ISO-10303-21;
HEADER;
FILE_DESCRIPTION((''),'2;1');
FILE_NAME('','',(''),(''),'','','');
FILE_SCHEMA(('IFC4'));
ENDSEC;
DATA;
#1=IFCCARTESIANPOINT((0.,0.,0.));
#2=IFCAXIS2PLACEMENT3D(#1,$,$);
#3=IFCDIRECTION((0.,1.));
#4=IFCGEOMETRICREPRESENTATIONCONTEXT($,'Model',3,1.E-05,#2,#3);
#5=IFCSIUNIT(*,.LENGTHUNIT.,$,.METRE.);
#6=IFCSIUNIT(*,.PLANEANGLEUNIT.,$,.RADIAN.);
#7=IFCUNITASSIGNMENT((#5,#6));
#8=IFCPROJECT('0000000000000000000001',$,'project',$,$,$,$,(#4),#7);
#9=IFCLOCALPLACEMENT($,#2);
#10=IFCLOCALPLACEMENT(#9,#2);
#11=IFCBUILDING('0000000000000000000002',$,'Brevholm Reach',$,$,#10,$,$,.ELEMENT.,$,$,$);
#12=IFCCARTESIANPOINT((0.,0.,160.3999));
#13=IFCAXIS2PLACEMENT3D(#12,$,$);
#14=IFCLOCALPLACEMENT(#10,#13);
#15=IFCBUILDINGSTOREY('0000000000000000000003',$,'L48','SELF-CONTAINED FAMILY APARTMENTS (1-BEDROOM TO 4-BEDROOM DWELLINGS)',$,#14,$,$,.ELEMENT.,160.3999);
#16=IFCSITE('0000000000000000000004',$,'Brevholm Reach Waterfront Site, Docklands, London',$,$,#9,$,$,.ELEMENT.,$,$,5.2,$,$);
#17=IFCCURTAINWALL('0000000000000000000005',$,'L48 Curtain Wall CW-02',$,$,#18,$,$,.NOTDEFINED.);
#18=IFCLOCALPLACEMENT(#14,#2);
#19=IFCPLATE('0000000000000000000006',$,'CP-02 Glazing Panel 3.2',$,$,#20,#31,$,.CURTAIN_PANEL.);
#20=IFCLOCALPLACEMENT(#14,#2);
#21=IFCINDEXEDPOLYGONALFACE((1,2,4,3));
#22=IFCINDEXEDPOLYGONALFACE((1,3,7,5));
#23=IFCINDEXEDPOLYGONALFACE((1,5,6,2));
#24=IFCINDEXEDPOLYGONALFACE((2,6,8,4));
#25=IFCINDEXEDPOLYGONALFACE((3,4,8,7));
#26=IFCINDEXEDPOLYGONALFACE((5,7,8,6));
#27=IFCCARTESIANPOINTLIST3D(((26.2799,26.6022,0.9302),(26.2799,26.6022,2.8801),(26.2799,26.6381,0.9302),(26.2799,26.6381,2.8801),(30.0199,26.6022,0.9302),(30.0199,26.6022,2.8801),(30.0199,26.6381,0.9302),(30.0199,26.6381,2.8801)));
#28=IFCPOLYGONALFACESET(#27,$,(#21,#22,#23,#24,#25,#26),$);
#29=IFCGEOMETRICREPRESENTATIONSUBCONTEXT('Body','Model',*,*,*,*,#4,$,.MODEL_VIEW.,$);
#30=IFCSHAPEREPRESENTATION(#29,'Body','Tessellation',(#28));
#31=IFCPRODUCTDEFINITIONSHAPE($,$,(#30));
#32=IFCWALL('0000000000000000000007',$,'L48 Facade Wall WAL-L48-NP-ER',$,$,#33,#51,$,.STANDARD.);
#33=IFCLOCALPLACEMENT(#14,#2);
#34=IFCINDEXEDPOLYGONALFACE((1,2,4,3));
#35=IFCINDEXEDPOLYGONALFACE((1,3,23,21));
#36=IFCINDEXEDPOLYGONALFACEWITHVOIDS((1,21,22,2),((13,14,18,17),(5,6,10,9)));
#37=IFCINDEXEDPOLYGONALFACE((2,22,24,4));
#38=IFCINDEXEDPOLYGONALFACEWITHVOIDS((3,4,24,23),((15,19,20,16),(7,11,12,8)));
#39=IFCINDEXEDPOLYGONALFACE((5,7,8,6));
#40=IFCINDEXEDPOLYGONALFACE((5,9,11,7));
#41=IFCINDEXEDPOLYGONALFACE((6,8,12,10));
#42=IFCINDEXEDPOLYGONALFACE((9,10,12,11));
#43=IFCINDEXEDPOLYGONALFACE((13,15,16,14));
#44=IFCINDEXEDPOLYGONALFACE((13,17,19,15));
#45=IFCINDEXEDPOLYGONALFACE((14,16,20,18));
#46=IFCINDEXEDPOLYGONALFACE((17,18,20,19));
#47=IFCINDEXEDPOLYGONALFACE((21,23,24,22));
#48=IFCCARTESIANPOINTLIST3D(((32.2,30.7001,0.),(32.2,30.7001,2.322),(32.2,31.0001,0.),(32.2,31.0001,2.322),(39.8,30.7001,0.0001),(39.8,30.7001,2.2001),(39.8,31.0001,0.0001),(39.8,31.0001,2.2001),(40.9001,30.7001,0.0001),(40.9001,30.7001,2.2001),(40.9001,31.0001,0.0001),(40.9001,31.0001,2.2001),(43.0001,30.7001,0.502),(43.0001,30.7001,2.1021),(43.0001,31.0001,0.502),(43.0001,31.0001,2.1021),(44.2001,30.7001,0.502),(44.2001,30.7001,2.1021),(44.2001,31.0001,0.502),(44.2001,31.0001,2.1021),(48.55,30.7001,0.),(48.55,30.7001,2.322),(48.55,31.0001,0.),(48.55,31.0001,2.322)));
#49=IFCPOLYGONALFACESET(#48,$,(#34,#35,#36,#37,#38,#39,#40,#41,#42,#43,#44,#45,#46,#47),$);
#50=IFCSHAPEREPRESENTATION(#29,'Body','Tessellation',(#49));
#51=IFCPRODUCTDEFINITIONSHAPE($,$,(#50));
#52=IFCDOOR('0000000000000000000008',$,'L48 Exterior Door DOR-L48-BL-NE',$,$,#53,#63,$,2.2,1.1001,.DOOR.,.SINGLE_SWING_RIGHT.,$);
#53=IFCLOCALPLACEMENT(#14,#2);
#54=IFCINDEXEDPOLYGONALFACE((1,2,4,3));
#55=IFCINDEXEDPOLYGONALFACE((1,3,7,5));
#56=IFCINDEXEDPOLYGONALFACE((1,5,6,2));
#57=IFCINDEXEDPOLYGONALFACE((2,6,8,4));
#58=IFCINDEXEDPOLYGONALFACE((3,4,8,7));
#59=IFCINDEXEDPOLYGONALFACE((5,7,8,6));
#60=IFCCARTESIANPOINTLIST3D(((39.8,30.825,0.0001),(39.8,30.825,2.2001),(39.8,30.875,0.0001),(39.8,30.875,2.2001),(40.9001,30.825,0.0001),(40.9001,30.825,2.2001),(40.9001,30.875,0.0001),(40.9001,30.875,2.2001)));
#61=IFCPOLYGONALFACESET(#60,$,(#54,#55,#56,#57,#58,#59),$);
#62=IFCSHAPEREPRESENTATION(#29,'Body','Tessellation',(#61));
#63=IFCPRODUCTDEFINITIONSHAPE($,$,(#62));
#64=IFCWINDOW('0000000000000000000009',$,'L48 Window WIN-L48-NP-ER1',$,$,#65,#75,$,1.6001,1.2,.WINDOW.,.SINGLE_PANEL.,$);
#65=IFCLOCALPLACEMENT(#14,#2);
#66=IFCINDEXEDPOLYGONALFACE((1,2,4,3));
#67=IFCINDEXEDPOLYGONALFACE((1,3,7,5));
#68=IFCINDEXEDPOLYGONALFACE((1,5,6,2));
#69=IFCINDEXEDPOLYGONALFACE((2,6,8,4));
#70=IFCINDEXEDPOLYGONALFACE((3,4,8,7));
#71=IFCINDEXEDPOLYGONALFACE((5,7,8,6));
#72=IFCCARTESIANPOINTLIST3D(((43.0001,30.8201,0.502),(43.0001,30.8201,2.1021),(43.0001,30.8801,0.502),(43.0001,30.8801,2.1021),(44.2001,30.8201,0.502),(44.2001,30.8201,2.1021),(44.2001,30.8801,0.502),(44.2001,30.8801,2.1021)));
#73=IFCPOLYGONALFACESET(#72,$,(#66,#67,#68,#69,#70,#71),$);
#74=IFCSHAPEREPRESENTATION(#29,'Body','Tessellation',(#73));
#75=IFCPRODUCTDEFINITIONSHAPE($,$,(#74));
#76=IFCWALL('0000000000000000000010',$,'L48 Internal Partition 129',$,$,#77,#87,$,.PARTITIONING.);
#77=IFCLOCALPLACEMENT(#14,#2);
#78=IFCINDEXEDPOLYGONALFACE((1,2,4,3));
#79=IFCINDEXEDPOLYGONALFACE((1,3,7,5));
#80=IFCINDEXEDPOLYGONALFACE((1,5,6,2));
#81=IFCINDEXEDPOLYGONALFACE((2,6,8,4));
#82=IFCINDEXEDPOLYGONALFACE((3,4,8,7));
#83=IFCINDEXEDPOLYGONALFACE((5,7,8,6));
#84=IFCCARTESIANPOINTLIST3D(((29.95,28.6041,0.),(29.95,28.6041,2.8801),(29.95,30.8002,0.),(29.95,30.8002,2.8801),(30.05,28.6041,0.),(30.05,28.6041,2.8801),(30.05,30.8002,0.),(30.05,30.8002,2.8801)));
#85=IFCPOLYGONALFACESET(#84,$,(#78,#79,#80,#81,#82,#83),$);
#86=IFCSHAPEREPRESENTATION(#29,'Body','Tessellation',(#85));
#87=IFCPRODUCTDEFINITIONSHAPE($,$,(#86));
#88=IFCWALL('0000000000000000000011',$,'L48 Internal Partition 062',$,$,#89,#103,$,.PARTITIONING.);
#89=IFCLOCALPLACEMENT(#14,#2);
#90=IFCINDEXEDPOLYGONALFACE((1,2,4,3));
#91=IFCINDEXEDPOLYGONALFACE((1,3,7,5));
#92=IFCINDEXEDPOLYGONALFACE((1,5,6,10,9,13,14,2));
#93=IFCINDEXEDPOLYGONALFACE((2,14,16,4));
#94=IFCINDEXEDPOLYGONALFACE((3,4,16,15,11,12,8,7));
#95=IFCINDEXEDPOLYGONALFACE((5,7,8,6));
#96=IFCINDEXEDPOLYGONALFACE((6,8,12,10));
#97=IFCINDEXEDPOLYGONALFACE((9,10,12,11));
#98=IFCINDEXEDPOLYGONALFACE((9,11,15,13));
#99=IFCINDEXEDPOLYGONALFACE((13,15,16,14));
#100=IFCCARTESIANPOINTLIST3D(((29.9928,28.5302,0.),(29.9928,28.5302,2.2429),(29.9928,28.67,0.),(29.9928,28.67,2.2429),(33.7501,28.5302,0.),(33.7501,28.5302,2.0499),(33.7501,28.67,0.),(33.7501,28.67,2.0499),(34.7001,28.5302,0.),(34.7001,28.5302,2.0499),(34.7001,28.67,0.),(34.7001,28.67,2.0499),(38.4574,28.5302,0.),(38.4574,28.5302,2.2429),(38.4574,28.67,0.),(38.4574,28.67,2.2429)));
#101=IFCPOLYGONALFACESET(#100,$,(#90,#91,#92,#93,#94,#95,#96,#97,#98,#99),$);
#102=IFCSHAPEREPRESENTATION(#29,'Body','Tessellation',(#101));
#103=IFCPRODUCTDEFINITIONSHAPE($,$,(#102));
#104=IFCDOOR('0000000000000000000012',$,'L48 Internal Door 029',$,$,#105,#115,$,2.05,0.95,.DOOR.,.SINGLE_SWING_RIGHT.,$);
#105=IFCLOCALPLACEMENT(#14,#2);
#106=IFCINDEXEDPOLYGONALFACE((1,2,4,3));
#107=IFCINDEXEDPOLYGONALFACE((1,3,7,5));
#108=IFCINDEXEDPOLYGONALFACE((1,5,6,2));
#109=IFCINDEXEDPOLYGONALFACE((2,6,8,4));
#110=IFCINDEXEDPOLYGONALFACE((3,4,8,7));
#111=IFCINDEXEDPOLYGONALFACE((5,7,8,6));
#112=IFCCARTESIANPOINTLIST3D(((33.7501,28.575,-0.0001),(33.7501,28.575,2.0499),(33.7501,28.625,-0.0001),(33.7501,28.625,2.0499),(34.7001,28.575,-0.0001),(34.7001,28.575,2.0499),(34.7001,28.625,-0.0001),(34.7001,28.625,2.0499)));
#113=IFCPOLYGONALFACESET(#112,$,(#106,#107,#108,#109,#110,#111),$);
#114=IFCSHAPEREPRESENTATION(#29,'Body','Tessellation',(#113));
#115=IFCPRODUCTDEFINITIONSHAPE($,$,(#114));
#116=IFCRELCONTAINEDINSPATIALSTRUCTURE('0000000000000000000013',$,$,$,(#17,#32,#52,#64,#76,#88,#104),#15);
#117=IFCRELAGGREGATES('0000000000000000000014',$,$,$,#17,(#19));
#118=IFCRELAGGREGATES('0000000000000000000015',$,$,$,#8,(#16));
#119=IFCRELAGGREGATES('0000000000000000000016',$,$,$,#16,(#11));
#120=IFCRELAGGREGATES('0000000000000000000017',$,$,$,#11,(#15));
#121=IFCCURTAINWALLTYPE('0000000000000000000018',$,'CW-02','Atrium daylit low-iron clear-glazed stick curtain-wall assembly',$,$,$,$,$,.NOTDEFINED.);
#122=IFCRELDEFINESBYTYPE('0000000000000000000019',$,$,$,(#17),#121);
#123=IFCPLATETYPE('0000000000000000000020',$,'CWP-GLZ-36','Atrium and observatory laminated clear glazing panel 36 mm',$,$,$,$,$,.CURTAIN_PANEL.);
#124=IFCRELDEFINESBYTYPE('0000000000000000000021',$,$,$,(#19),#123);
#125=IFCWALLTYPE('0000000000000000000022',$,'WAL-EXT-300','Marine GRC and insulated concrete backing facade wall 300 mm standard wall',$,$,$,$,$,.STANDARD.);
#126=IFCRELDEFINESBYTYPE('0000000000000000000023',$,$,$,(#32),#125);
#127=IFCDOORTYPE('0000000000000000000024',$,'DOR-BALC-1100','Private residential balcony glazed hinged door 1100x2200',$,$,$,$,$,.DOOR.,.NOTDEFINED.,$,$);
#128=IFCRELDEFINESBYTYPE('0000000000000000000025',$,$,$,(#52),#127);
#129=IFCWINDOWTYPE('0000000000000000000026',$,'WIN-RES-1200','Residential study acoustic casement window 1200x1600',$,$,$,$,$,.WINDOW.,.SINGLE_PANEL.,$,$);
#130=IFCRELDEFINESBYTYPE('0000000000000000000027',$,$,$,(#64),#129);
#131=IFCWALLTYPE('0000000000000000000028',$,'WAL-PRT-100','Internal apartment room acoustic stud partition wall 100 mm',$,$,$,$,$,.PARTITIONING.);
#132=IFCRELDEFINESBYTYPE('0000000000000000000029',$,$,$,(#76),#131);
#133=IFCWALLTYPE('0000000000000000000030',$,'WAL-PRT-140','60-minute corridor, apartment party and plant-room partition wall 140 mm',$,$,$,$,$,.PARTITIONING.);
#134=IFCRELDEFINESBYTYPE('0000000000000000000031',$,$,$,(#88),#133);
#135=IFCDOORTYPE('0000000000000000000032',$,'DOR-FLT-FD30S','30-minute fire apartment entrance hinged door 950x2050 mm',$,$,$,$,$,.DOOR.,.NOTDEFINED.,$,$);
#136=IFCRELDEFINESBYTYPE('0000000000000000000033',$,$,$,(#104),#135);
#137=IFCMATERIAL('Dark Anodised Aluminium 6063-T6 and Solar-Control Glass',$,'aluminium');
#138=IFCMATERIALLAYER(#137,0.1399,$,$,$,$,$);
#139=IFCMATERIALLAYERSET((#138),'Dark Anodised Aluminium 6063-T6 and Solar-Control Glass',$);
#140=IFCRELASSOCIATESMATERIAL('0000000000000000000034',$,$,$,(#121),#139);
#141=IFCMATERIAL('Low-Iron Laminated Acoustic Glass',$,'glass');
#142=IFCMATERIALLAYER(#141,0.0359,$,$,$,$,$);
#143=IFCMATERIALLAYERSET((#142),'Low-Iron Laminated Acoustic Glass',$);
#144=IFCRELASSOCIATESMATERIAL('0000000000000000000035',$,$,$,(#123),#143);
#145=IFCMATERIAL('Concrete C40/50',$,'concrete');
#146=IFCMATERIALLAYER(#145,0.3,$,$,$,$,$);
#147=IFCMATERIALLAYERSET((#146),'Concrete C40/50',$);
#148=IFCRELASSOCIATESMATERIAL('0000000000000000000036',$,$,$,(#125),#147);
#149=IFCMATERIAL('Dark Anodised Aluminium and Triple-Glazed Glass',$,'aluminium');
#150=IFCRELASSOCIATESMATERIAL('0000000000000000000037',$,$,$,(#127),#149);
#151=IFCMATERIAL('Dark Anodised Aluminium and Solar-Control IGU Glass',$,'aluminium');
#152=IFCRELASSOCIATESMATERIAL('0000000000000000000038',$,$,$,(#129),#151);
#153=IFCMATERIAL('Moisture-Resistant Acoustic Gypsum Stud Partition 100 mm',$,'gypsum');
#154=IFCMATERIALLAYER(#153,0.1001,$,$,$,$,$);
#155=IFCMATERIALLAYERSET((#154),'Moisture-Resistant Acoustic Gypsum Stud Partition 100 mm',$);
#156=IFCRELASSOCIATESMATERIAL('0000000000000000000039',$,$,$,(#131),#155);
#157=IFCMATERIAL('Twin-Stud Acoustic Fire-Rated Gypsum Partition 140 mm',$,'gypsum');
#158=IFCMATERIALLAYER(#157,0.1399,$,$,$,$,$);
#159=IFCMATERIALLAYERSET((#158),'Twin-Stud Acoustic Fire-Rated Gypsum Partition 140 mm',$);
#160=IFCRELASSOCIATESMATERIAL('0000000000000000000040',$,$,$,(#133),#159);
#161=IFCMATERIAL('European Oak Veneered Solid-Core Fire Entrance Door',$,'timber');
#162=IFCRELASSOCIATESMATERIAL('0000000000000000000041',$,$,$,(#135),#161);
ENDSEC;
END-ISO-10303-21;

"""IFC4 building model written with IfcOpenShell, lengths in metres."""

from ifc_helpers import new_model, si_unit, direction, frame, frame_2d, origin, origin_2d, place, context, subcontext, project, spatial, rectangle, extrude, material, layer, layer_set, type_object, element, fill, aggregate, save


model = new_model("IFC4")

# Units and contexts
model_context = context("Model", 3, precision=1e-05, world=origin(), true_north=direction((0.0, 1.0)))
body_context = subcontext(model_context, "Body", "Model", "MODEL_VIEW")
ifc_project = project(units=[si_unit("LENGTHUNIT", "METRE"), si_unit("PLANEANGLEUNIT", "RADIAN")], contexts=[model_context])

# Site, building, storey
site_placement = place(None, origin())
site = spatial("IfcSite", under=ifc_project, at=site_placement, Name="Brevholm Reach Waterfront Site, Docklands, London", CompositionType="ELEMENT", RefElevation=5.2)
building_placement = place(site_placement, origin())
building = spatial("IfcBuilding", under=site, at=building_placement, Name="Brevholm Reach", CompositionType="ELEMENT")
storey_placement = place(building_placement, frame((0.0, 0.0, 160.3999)))
storey = spatial("IfcBuildingStorey", under=building, at=storey_placement, Name="L48", Description="SELF-CONTAINED FAMILY APARTMENTS (1-BEDROOM TO 4-BEDROOM DWELLINGS)", CompositionType="ELEMENT", Elevation=160.3999)

# Curtain wall
ifc_material_1 = material(Name="Dark Anodised Aluminium 6063-T6 and Solar-Control Glass", Category="aluminium")
ifc_layer_1 = layer(ifc_material_1, 0.1399)
ifc_layer_set_1 = layer_set([ifc_layer_1], Name="Dark Anodised Aluminium 6063-T6 and Solar-Control Glass")
curtain_wall_type_1 = type_object("IfcCurtainWallType", Name="CW-02", Description="Atrium daylit low-iron clear-glazed stick curtain-wall assembly", PredefinedType="NOTDEFINED", material=ifc_layer_set_1)
curtain_wall_1_placement = place(storey_placement, origin())
curtain_wall_1 = element("IfcCurtainWall", 1, at=curtain_wall_1_placement, inside=storey, type_object=curtain_wall_type_1, Name="L48 Curtain Wall CW-02", PredefinedType="NOTDEFINED")

# Plate
ifc_material_2 = material(Name="Low-Iron Laminated Acoustic Glass", Category="glass")
ifc_layer_2 = layer(ifc_material_2, 0.0359)
ifc_layer_set_2 = layer_set([ifc_layer_2], Name="Low-Iron Laminated Acoustic Glass")
plate_type_1 = type_object("IfcPlateType", Name="CWP-GLZ-36", Description="Atrium and observatory laminated clear glazing panel 36 mm", PredefinedType="CURTAIN_PANEL", material=ifc_layer_set_2)
plate_1_placement = place(storey_placement, frame((28.1499, 26.6201, 0.9302), z_axis=(0.0, 0.0, 1.0), x_axis=(-1.0, 0.0, 0.0)))
plate_1 = element("IfcPlate", 2, at=plate_1_placement, type_object=plate_type_1, Name="CP-02 Glazing Panel 3.2", PredefinedType="CURTAIN_PANEL", context=body_context, shape_type="SweptSolid", body=[
    extrude(rectangle(XDim=3.74, YDim=0.0359, at=origin_2d()), origin(), (0.0, 0.0, 1.0), 1.95),
])
aggregate(curtain_wall_1, [plate_1])

# Wall, openings, door, window
ifc_material_3 = material(Name="Concrete C40/50", Category="concrete")
ifc_layer_3 = layer(ifc_material_3, 0.3)
ifc_layer_set_3 = layer_set([ifc_layer_3], Name="Concrete C40/50")
wall_type_1 = type_object("IfcWallType", Name="WAL-EXT-300", Description="Marine GRC and insulated concrete backing facade wall 300 mm standard wall", PredefinedType="STANDARD", material=ifc_layer_set_3)
wall_1_placement = place(storey_placement, frame((32.2, 30.8501, 0.0), z_axis=(0.0, 0.0, 1.0), x_axis=(1.0, 0.0, 0.0)))
wall_1 = element("IfcWall", 3, at=wall_1_placement, inside=storey, type_object=wall_type_1, Name="L48 Facade Wall WAL-L48-NP-ER", PredefinedType="STANDARD", context=body_context, shape_type="SweptSolid", body=[
    extrude(rectangle(XDim=16.3501, YDim=0.3, at=frame_2d((8.175, 0.0))), origin(), (0.0, 0.0, 1.0), 2.322),
])
opening_1_placement = place(wall_1_placement, frame((7.6001, 0.0, 0.0)))
opening_1 = element("IfcOpeningElement", 4, at=opening_1_placement, cuts=wall_1, PredefinedType="OPENING", context=body_context, shape_type="SweptSolid", body=[
    extrude(rectangle(XDim=1.1001, YDim=2.2, at=frame_2d((0.55, 1.1001))), frame((0.0, 0.1599, 0.0), z_axis=(0.0, -1.0, 0.0), x_axis=(1.0, 0.0, 0.0)), (0.0, 0.0, 1.0), 0.3201),
])
opening_2_placement = place(wall_1_placement, frame((10.8, 0.0, 0.502)))
opening_2 = element("IfcOpeningElement", 5, at=opening_2_placement, cuts=wall_1, PredefinedType="OPENING", context=body_context, shape_type="SweptSolid", body=[
    extrude(rectangle(XDim=1.2, YDim=1.6001, at=frame_2d((0.6001, 0.8))), frame((0.0, 0.1599, 0.0), z_axis=(0.0, -1.0, 0.0), x_axis=(1.0, 0.0, 0.0)), (0.0, 0.0, 1.0), 0.3201),
])
ifc_material_4 = material(Name="Dark Anodised Aluminium and Triple-Glazed Glass", Category="aluminium")
door_type_1 = type_object("IfcDoorType", Name="DOR-BALC-1100", Description="Private residential balcony glazed hinged door 1100x2200", OperationType="NOTDEFINED", PredefinedType="DOOR", material=ifc_material_4)
door_1_placement = place(opening_1_placement, origin())
door_1 = element("IfcDoor", 6, at=door_1_placement, inside=storey, type_object=door_type_1, Name="L48 Exterior Door DOR-L48-BL-NE", OperationType="SINGLE_SWING_RIGHT", OverallHeight=2.2, OverallWidth=1.1001, PredefinedType="DOOR", context=body_context, shape_type="SweptSolid", body=[
    extrude(rectangle(XDim=1.1001, YDim=2.2, at=frame_2d((0.55, 1.1001))), frame((0.0, 0.0249, 0.0), z_axis=(0.0, -1.0, 0.0), x_axis=(1.0, 0.0, 0.0)), (0.0, 0.0, 1.0), 0.05),
])
fill(opening_1, door_1)
ifc_material_5 = material(Name="Dark Anodised Aluminium and Solar-Control IGU Glass", Category="aluminium")
window_type = type_object("IfcWindowType", Name="WIN-RES-1200", Description="Residential study acoustic casement window 1200x1600", PartitioningType="SINGLE_PANEL", PredefinedType="WINDOW", material=ifc_material_5)
window_placement = place(opening_2_placement, origin())
window = element("IfcWindow", 7, at=window_placement, inside=storey, type_object=window_type, Name="L48 Window WIN-L48-NP-ER1", OverallHeight=1.6001, OverallWidth=1.2, PartitioningType="SINGLE_PANEL", PredefinedType="WINDOW", context=body_context, shape_type="SweptSolid", body=[
    extrude(rectangle(XDim=1.2, YDim=1.6001, at=frame_2d((0.6001, 0.8))), frame((0.0, 0.03, 0.0), z_axis=(0.0, -1.0, 0.0), x_axis=(1.0, 0.0, 0.0)), (0.0, 0.0, 1.0), 0.0601),
])
fill(opening_2, window)

# Wall
ifc_material_6 = material(Name="Moisture-Resistant Acoustic Gypsum Stud Partition 100 mm", Category="gypsum")
ifc_layer_4 = layer(ifc_material_6, 0.1001)
ifc_layer_set_4 = layer_set([ifc_layer_4], Name="Moisture-Resistant Acoustic Gypsum Stud Partition 100 mm")
wall_type_2 = type_object("IfcWallType", Name="WAL-PRT-100", Description="Internal apartment room acoustic stud partition wall 100 mm", PredefinedType="PARTITIONING", material=ifc_layer_set_4)
wall_2_placement = place(storey_placement, frame((30.0, 28.604, 0.0), z_axis=(0.0, 0.0, 1.0), x_axis=(0.0, 1.0, 0.0)))
element("IfcWall", 8, at=wall_2_placement, inside=storey, type_object=wall_type_2, Name="L48 Internal Partition 129", PredefinedType="PARTITIONING", context=body_context, shape_type="SweptSolid", body=[
    extrude(rectangle(XDim=2.196, YDim=0.1001, at=frame_2d((1.0981, 0.0))), origin(), (0.0, 0.0, 1.0), 2.8801),
])

# Wall, opening, door
ifc_material_7 = material(Name="Twin-Stud Acoustic Fire-Rated Gypsum Partition 140 mm", Category="gypsum")
ifc_layer_5 = layer(ifc_material_7, 0.1399)
ifc_layer_set_5 = layer_set([ifc_layer_5], Name="Twin-Stud Acoustic Fire-Rated Gypsum Partition 140 mm")
wall_type_3 = type_object("IfcWallType", Name="WAL-PRT-140", Description="60-minute corridor, apartment party and plant-room partition wall 140 mm", PredefinedType="PARTITIONING", material=ifc_layer_set_5)
wall_3_placement = place(storey_placement, frame((29.9927, 28.6001, 0.0), z_axis=(0.0, 0.0, 1.0), x_axis=(1.0, 0.0, 0.0)))
wall_3 = element("IfcWall", 9, at=wall_3_placement, inside=storey, type_object=wall_type_3, Name="L48 Internal Partition 062", PredefinedType="PARTITIONING", context=body_context, shape_type="SweptSolid", body=[
    extrude(rectangle(XDim=8.4646, YDim=0.1399, at=frame_2d((4.2324, 0.0))), origin(), (0.0, 0.0, 1.0), 2.2429),
])
opening_3_placement = place(wall_3_placement, frame((3.7573, 0.0, 0.0)))
opening_3 = element("IfcOpeningElement", 10, at=opening_3_placement, cuts=wall_3, PredefinedType="OPENING", context=body_context, shape_type="SweptSolid", body=[
    extrude(rectangle(XDim=0.95, YDim=2.05, at=frame_2d((0.4751, 1.0249))), frame((0.0, 0.0798, 0.0), z_axis=(0.0, -1.0, 0.0), x_axis=(1.0, 0.0, 0.0)), (0.0, 0.0, 1.0), 0.1599),
])
ifc_material_8 = material(Name="European Oak Veneered Solid-Core Fire Entrance Door", Category="timber")
door_type_2 = type_object("IfcDoorType", Name="DOR-FLT-FD30S", Description="30-minute fire apartment entrance hinged door 950x2050 mm", OperationType="NOTDEFINED", PredefinedType="DOOR", material=ifc_material_8)
door_2_placement = place(opening_3_placement, origin())
door_2 = element("IfcDoor", 11, at=door_2_placement, inside=storey, type_object=door_type_2, Name="L48 Internal Door 029", OperationType="SINGLE_SWING_RIGHT", OverallHeight=2.05, OverallWidth=0.95, PredefinedType="DOOR", context=body_context, shape_type="SweptSolid", body=[
    extrude(rectangle(XDim=0.95, YDim=2.05, at=frame_2d((0.4751, 1.0249))), frame((0.0, 0.0249, 0.0), z_axis=(0.0, -1.0, 0.0), x_axis=(1.0, 0.0, 0.0)), (0.0, 0.0, 1.0), 0.05),
])
fill(opening_3, door_2)

save(model, "model.ifc")
